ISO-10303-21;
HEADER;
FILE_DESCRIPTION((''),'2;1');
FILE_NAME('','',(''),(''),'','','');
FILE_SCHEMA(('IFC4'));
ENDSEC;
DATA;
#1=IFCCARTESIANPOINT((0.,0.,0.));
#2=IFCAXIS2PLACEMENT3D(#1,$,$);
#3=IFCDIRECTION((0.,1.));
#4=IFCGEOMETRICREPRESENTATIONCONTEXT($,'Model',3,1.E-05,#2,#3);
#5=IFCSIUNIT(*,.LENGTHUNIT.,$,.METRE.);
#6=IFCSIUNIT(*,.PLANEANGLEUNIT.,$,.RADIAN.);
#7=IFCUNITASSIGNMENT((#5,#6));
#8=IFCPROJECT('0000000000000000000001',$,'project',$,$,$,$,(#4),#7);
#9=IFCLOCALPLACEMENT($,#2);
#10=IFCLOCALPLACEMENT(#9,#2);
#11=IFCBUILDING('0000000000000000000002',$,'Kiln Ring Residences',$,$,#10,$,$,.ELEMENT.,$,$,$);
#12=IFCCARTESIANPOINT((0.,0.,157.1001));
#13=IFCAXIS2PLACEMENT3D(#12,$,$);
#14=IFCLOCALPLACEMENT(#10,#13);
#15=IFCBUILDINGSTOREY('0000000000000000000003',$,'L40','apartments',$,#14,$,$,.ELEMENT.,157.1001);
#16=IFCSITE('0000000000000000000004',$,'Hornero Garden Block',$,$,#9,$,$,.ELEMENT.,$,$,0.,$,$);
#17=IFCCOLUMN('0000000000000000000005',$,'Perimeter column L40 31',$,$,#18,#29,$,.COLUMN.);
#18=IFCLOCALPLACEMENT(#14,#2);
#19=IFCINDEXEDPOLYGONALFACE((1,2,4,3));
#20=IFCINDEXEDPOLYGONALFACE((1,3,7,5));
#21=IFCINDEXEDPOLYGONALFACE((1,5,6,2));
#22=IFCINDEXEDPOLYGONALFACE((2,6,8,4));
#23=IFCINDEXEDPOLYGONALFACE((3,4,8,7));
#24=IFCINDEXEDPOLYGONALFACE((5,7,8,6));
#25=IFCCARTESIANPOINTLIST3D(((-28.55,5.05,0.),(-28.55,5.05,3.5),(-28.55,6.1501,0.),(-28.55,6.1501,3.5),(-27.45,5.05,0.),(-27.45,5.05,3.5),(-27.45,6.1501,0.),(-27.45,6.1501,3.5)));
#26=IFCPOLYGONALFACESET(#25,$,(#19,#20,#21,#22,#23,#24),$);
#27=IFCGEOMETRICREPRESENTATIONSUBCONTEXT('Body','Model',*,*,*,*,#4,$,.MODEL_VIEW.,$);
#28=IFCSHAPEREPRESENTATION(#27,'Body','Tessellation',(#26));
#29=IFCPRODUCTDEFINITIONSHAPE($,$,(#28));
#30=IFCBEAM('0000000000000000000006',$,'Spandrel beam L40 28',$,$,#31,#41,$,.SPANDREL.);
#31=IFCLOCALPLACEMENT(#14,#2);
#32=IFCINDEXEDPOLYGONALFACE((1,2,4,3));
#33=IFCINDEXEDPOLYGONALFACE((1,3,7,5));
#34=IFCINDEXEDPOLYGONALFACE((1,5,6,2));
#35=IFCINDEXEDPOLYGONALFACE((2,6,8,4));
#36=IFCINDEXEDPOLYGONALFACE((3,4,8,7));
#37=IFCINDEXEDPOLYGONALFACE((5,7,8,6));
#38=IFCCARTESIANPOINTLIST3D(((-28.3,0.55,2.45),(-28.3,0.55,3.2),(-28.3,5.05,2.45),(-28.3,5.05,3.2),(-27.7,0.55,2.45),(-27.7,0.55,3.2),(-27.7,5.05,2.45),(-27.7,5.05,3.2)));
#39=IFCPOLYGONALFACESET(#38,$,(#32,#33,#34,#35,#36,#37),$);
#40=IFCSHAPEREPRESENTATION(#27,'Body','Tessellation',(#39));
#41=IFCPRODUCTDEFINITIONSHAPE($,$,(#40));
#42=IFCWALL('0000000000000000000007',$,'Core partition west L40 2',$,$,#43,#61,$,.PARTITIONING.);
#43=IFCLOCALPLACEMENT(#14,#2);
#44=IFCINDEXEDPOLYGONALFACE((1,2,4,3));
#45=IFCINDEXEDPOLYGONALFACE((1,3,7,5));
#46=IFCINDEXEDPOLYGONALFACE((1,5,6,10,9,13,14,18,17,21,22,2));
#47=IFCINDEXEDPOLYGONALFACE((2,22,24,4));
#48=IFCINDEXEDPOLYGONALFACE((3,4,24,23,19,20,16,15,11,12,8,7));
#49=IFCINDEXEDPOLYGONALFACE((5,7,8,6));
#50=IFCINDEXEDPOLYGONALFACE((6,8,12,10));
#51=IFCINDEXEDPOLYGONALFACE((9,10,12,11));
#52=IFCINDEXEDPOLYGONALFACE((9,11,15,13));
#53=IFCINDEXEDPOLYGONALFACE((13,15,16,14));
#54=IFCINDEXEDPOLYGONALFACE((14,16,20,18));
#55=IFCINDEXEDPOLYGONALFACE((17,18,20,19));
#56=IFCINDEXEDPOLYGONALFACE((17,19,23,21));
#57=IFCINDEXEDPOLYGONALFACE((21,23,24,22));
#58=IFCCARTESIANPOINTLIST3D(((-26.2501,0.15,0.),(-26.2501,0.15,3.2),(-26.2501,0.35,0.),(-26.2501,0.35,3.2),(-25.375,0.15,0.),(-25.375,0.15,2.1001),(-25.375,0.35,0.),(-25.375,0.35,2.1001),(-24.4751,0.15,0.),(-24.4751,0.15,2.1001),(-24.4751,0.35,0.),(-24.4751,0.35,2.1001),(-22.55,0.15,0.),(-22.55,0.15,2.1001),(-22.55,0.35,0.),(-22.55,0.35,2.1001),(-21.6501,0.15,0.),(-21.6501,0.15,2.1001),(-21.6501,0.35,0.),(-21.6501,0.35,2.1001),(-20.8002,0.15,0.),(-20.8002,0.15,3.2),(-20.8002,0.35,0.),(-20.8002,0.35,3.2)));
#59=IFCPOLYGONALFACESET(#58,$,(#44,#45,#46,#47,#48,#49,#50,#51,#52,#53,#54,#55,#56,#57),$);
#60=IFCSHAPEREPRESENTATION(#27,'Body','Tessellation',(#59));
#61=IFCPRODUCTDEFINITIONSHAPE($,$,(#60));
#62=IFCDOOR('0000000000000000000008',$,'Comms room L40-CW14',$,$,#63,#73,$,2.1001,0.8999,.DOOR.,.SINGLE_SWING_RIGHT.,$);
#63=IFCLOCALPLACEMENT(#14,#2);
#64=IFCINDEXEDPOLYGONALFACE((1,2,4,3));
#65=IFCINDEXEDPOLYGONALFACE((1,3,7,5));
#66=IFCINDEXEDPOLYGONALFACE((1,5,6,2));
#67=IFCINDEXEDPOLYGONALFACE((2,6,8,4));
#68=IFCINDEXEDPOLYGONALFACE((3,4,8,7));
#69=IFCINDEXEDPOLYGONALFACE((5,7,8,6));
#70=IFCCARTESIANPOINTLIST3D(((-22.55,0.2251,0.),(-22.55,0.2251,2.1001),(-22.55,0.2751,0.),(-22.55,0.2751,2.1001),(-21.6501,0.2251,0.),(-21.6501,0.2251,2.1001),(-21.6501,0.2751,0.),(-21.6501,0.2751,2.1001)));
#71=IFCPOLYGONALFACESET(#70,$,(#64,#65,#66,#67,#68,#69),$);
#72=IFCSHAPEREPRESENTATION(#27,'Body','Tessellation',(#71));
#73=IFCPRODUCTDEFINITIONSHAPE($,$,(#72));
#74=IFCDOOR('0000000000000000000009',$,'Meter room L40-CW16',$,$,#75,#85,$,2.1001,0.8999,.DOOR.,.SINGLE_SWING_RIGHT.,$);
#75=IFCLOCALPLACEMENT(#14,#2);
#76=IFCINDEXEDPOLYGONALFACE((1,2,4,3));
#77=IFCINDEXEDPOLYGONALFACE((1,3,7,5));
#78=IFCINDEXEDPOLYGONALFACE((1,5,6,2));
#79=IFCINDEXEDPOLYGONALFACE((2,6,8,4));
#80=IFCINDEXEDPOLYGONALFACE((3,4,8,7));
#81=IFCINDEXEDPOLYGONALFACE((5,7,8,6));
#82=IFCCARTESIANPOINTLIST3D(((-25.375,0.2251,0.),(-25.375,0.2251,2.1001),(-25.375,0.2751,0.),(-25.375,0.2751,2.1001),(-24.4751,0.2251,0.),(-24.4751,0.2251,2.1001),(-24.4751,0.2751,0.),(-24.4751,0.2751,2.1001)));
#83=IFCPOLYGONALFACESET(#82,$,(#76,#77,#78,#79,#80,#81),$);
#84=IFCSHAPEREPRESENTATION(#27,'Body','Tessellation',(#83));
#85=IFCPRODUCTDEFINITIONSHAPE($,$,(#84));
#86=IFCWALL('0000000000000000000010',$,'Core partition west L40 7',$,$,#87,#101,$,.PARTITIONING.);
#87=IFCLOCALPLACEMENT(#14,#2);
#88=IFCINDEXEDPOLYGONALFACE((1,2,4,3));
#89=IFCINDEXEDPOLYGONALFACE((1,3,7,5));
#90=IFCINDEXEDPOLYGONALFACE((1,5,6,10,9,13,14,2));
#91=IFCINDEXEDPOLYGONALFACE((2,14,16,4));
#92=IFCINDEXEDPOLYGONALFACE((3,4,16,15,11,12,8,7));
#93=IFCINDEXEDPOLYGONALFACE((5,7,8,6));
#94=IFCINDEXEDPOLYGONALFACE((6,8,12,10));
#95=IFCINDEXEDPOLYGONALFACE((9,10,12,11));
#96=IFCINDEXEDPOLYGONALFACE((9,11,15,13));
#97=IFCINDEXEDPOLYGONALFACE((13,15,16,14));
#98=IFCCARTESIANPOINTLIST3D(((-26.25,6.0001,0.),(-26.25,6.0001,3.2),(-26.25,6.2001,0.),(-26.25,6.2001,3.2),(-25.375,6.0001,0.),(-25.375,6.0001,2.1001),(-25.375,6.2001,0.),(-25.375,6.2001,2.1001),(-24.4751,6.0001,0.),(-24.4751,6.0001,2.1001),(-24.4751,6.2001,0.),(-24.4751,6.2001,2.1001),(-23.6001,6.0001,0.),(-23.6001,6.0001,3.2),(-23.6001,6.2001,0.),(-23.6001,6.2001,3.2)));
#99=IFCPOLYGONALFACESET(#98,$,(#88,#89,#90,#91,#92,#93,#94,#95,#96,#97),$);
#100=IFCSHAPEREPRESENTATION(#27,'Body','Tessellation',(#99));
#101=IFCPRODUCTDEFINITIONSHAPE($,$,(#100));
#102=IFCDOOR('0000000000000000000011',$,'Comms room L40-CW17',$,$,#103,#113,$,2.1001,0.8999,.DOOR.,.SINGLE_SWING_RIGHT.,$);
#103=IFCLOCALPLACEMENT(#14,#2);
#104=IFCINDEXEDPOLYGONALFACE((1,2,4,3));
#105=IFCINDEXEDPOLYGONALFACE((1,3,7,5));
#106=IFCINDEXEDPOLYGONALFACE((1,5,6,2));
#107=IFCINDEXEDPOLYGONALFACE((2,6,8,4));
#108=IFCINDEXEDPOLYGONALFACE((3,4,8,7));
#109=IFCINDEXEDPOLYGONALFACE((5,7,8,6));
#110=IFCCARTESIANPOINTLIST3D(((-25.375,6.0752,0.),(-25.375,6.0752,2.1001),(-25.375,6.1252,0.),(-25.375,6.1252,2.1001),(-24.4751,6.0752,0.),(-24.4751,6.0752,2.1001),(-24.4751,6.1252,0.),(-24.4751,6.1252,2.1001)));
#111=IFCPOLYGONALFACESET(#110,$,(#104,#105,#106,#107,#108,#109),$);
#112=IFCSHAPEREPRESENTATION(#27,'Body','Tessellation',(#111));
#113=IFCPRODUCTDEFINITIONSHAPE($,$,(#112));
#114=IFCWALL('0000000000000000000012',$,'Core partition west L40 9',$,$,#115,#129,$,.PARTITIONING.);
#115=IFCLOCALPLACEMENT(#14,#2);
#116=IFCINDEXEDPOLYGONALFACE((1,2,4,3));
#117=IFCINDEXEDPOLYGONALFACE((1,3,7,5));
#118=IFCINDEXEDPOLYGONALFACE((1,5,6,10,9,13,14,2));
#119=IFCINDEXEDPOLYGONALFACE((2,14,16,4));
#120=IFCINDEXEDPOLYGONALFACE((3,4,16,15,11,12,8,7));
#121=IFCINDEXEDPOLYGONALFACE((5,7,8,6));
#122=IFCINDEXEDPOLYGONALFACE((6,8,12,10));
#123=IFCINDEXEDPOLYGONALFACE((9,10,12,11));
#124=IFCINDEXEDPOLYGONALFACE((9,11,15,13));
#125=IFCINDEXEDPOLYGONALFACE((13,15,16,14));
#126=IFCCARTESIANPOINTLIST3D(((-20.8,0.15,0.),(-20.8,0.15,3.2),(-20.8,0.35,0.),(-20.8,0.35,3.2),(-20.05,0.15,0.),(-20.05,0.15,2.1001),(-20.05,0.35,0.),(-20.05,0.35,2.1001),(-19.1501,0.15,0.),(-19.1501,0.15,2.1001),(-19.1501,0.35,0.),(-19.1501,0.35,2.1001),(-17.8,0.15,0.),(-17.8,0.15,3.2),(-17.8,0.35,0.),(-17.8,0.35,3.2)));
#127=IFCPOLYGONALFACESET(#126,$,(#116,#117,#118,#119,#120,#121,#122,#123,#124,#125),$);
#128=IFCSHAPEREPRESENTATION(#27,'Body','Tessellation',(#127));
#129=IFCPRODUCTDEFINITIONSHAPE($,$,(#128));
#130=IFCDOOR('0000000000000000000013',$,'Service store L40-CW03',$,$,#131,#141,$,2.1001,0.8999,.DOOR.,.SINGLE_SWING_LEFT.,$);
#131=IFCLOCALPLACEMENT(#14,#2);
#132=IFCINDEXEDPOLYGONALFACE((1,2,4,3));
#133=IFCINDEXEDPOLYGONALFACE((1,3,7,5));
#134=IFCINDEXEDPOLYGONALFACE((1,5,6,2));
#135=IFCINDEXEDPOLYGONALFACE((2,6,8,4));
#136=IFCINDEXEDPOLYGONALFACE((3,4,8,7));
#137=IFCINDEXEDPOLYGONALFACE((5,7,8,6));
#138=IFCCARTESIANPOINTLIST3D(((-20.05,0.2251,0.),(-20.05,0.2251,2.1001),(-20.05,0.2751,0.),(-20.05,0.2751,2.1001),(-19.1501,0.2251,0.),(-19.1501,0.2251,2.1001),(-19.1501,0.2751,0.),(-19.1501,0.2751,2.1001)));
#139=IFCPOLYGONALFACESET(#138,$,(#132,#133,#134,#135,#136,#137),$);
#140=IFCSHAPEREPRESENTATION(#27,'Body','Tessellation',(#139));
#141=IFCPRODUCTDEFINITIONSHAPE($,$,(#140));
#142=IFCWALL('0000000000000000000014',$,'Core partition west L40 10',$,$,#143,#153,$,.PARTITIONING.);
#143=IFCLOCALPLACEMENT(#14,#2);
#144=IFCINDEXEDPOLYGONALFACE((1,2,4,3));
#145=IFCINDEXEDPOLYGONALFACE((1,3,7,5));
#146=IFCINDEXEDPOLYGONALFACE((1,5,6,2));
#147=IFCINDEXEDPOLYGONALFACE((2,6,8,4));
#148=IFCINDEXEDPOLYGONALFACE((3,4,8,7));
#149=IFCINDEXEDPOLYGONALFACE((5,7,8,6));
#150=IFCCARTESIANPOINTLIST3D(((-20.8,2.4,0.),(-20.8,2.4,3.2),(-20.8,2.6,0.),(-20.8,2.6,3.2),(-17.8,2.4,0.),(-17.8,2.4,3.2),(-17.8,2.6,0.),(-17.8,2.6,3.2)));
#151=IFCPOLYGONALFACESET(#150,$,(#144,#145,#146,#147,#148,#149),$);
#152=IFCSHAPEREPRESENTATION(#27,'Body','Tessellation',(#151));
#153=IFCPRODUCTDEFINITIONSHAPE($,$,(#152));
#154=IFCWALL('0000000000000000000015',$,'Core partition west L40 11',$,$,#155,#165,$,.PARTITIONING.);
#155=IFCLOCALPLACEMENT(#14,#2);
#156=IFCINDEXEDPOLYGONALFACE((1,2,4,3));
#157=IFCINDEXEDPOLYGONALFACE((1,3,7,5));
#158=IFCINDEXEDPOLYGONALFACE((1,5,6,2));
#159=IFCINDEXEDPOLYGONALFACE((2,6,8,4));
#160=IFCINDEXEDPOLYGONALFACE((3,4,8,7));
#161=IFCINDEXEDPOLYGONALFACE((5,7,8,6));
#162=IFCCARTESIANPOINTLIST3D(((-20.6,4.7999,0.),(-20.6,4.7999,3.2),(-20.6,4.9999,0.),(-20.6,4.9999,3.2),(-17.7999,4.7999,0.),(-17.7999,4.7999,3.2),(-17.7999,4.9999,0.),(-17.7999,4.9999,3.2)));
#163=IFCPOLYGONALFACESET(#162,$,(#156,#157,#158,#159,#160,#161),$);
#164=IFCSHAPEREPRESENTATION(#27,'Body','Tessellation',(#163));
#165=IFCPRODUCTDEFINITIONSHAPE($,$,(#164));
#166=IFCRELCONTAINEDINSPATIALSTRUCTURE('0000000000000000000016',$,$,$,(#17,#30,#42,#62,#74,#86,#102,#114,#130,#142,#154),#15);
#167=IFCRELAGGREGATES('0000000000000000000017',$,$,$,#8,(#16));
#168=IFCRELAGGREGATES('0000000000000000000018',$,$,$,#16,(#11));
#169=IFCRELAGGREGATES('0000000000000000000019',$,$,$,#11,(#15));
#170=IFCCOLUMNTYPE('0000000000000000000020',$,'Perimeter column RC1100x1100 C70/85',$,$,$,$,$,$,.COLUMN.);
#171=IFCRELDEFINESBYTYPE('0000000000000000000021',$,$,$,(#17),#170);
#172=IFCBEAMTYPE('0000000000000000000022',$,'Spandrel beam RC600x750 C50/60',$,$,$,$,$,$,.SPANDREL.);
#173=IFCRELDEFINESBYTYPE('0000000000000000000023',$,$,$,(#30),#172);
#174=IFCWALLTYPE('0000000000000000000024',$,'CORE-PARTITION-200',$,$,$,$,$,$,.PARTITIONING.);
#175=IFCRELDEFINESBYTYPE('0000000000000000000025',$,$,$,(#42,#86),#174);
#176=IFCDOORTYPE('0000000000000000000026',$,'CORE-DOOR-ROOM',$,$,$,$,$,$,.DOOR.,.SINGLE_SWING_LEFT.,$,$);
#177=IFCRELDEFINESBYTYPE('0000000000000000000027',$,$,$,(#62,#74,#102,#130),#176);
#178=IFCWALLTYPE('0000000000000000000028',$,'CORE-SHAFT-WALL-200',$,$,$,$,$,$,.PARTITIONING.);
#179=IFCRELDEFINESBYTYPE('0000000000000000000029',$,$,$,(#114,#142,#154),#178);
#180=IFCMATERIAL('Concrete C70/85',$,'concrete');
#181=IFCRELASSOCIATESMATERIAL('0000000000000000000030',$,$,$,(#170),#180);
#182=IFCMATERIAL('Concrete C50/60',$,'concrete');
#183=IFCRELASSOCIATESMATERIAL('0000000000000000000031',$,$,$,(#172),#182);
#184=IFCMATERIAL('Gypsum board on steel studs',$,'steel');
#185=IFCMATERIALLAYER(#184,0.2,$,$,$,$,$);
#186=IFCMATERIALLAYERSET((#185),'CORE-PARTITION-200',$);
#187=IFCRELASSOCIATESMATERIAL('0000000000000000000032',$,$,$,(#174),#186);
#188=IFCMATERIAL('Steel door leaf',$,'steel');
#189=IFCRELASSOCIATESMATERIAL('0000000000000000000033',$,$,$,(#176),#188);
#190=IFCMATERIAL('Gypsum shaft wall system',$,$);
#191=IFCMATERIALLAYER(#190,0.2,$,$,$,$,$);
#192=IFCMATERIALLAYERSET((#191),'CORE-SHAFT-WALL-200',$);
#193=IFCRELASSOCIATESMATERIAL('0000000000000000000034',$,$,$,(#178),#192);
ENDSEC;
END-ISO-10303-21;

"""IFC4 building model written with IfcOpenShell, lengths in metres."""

from ifc_helpers import new_model, si_unit, direction, frame, frame_2d, origin, origin_2d, place, context, subcontext, project, spatial, rectangle, extrude, material, layer, layer_set, material_profile, profile_set, type_object, element, fill, save


model = new_model("IFC4")

# Units and contexts
model_context = context("Model", 3, precision=1e-05, world=origin(), true_north=direction((0.0, 1.0)))
body_context = subcontext(model_context, "Body", "Model", "MODEL_VIEW")
ifc_project = project(units=[si_unit("LENGTHUNIT", "METRE"), si_unit("PLANEANGLEUNIT", "RADIAN")], contexts=[model_context])

# Site, building, storey
site_placement = place(None, origin())
site = spatial("IfcSite", under=ifc_project, at=site_placement, Name="Hornero Garden Block", CompositionType="ELEMENT", RefElevation=0.0)
building_placement = place(site_placement, origin())
building = spatial("IfcBuilding", under=site, at=building_placement, Name="Kiln Ring Residences", CompositionType="ELEMENT")
storey_placement = place(building_placement, frame((0.0, 0.0, 157.1001)))
storey = spatial("IfcBuildingStorey", under=building, at=storey_placement, Name="L40", Description="apartments", CompositionType="ELEMENT", Elevation=157.1001)

# Column
ifc_material_1 = material(Name="Concrete C70/85", Category="concrete")
ifc_material_profile_1 = material_profile(ifc_material_1, rectangle(XDim=1.1001, YDim=1.1001, at=origin_2d()), Name="RC1100x1100")
ifc_profile_set_1 = profile_set([ifc_material_profile_1], Name="Concrete C70/85")
column_type = type_object("IfcColumnType", Name="Perimeter column RC1100x1100 C70/85", PredefinedType="COLUMN", material=ifc_profile_set_1)
column_placement = place(storey_placement, frame((-28.0, 5.6001, 0.0), z_axis=(0.0, 0.0, 1.0), x_axis=(1.0, 0.0, 0.0)))
element("IfcColumn", 1, at=column_placement, inside=storey, type_object=column_type, Name="Perimeter column L40 31", PredefinedType="COLUMN", context=body_context, shape_type="SweptSolid", body=[
    extrude(rectangle(XDim=1.1001, YDim=1.1001, at=origin_2d()), origin(), (0.0, 0.0, 1.0), 3.5),
])

# Beam
ifc_material_2 = material(Name="Concrete C50/60", Category="concrete")
ifc_material_profile_2 = material_profile(ifc_material_2, rectangle(XDim=0.6001, YDim=0.75, at=origin_2d()), Name="RC600x750")
ifc_profile_set_2 = profile_set([ifc_material_profile_2], Name="Concrete C50/60")
beam_type = type_object("IfcBeamType", Name="Spandrel beam RC600x750 C50/60", PredefinedType="SPANDREL", material=ifc_profile_set_2)
beam_placement = place(storey_placement, frame((-28.0, 5.05, 2.825), z_axis=(0.0, -1.0, 0.0), x_axis=(1.0, 0.0, 0.0)))
element("IfcBeam", 2, at=beam_placement, inside=storey, type_object=beam_type, Name="Spandrel beam L40 28", PredefinedType="SPANDREL", context=body_context, shape_type="SweptSolid", body=[
    extrude(rectangle(XDim=0.6001, YDim=0.75, at=origin_2d()), origin(), (0.0, 0.0, 1.0), 4.5),
])

# Wall, openings, doors
ifc_material_3 = material(Name="Gypsum board on steel studs", Category="steel")
ifc_layer_1 = layer(ifc_material_3, 0.2)
ifc_layer_set_1 = layer_set([ifc_layer_1], Name="CORE-PARTITION-200")
wall_type_1 = type_object("IfcWallType", Name="CORE-PARTITION-200", PredefinedType="PARTITIONING", material=ifc_layer_set_1)
wall_1_placement = place(storey_placement, frame((-20.8, 0.25, 0.0), z_axis=(0.0, 0.0, 1.0), x_axis=(-1.0, 0.0, 0.0)))
wall_1 = element("IfcWall", 3, at=wall_1_placement, inside=storey, type_object=wall_type_1, Name="Core partition west L40 2", PredefinedType="PARTITIONING", context=body_context, shape_type="SweptSolid", body=[
    extrude(rectangle(XDim=5.45, YDim=0.2, at=frame_2d((2.7251, 0.0))), origin(), (0.0, 0.0, 1.0), 3.2),
])
opening_1_placement = place(wall_1_placement, frame((0.8501, 0.0, 0.0)))
opening_1 = element("IfcOpeningElement", 4, at=opening_1_placement, cuts=wall_1, PredefinedType="OPENING", context=body_context, shape_type="SweptSolid", body=[
    extrude(rectangle(XDim=0.8999, YDim=2.1001, at=frame_2d((0.45, 1.05))), frame((0.0, 0.1099, 0.0), z_axis=(0.0, -1.0, 0.0), x_axis=(1.0, 0.0, 0.0)), (0.0, 0.0, 1.0), 0.22),
])
opening_2_placement = place(wall_1_placement, frame((3.675, 0.0, 0.0)))
opening_2 = element("IfcOpeningElement", 5, at=opening_2_placement, cuts=wall_1, PredefinedType="OPENING", context=body_context, shape_type="SweptSolid", body=[
    extrude(rectangle(XDim=0.8999, YDim=2.1001, at=frame_2d((0.45, 1.05))), frame((0.0, 0.1099, 0.0), z_axis=(0.0, -1.0, 0.0), x_axis=(1.0, 0.0, 0.0)), (0.0, 0.0, 1.0), 0.22),
])
ifc_material_4 = material(Name="Steel door leaf", Category="steel")
door_type_1 = type_object("IfcDoorType", Name="CORE-DOOR-ROOM", OperationType="SINGLE_SWING_LEFT", PredefinedType="DOOR", material=ifc_material_4)
door_1_placement = place(opening_1_placement, origin())
door_1 = element("IfcDoor", 6, at=door_1_placement, inside=storey, type_object=door_type_1, Name="Comms room L40-CW14", OperationType="SINGLE_SWING_RIGHT", OverallHeight=2.1001, OverallWidth=0.8999, PredefinedType="DOOR", context=body_context, shape_type="SweptSolid", body=[
    extrude(rectangle(XDim=0.8999, YDim=2.1001, at=frame_2d((0.45, 1.05))), frame((0.0, 0.0249, 0.0), z_axis=(0.0, -1.0, 0.0), x_axis=(1.0, 0.0, 0.0)), (0.0, 0.0, 1.0), 0.05),
])
fill(opening_1, door_1)
door_2_placement = place(opening_2_placement, origin())
door_2 = element("IfcDoor", 7, at=door_2_placement, inside=storey, type_object=door_type_1, Name="Meter room L40-CW16", OperationType="SINGLE_SWING_RIGHT", OverallHeight=2.1001, OverallWidth=0.8999, PredefinedType="DOOR", context=body_context, shape_type="SweptSolid", body=[
    extrude(rectangle(XDim=0.8999, YDim=2.1001, at=frame_2d((0.45, 1.05))), frame((0.0, 0.0249, 0.0), z_axis=(0.0, -1.0, 0.0), x_axis=(1.0, 0.0, 0.0)), (0.0, 0.0, 1.0), 0.05),
])
fill(opening_2, door_2)

# Walls, openings, doors
wall_2_placement = place(storey_placement, frame((-23.6001, 6.1001, 0.0), z_axis=(0.0, 0.0, 1.0), x_axis=(-1.0, 0.0, 0.0)))
wall_2 = element("IfcWall", 8, at=wall_2_placement, inside=storey, type_object=wall_type_1, Name="Core partition west L40 7", PredefinedType="PARTITIONING", context=body_context, shape_type="SweptSolid", body=[
    extrude(rectangle(XDim=2.6499, YDim=0.2, at=frame_2d((1.325, 0.0))), origin(), (0.0, 0.0, 1.0), 3.2),
])
opening_3_placement = place(wall_2_placement, frame((0.875, 0.0, 0.0)))
opening_3 = element("IfcOpeningElement", 9, at=opening_3_placement, cuts=wall_2, PredefinedType="OPENING", context=body_context, shape_type="SweptSolid", body=[
    extrude(rectangle(XDim=0.8999, YDim=2.1001, at=frame_2d((0.45, 1.05))), frame((0.0, 0.1099, 0.0), z_axis=(0.0, -1.0, 0.0), x_axis=(1.0, 0.0, 0.0)), (0.0, 0.0, 1.0), 0.22),
])
door_3_placement = place(opening_3_placement, origin())
door_3 = element("IfcDoor", 10, at=door_3_placement, inside=storey, type_object=door_type_1, Name="Comms room L40-CW17", OperationType="SINGLE_SWING_RIGHT", OverallHeight=2.1001, OverallWidth=0.8999, PredefinedType="DOOR", context=body_context, shape_type="SweptSolid", body=[
    extrude(rectangle(XDim=0.8999, YDim=2.1001, at=frame_2d((0.45, 1.05))), frame((0.0, 0.0249, 0.0), z_axis=(0.0, -1.0, 0.0), x_axis=(1.0, 0.0, 0.0)), (0.0, 0.0, 1.0), 0.05),
])
fill(opening_3, door_3)
ifc_material_5 = material(Name="Gypsum shaft wall system")
ifc_layer_2 = layer(ifc_material_5, 0.2)
ifc_layer_set_2 = layer_set([ifc_layer_2], Name="CORE-SHAFT-WALL-200")
wall_type_2 = type_object("IfcWallType", Name="CORE-SHAFT-WALL-200", PredefinedType="PARTITIONING", material=ifc_layer_set_2)
wall_3_placement = place(storey_placement, frame((-17.8, 0.25, 0.0), z_axis=(0.0, 0.0, 1.0), x_axis=(-1.0, 0.0, 0.0)))
wall_3 = element("IfcWall", 11, at=wall_3_placement, inside=storey, type_object=wall_type_2, Name="Core partition west L40 9", PredefinedType="PARTITIONING", context=body_context, shape_type="SweptSolid", body=[
    extrude(rectangle(XDim=3.0, YDim=0.2, at=frame_2d((1.5, 0.0))), origin(), (0.0, 0.0, 1.0), 3.2),
])
opening_4_placement = place(wall_3_placement, frame((1.3501, 0.0, 0.0)))
opening_4 = element("IfcOpeningElement", 12, at=opening_4_placement, cuts=wall_3, PredefinedType="OPENING", context=body_context, shape_type="SweptSolid", body=[
    extrude(rectangle(XDim=0.8999, YDim=2.1001, at=frame_2d((0.45, 1.05))), frame((0.0, 0.1099, 0.0), z_axis=(0.0, -1.0, 0.0), x_axis=(1.0, 0.0, 0.0)), (0.0, 0.0, 1.0), 0.22),
])
door_4_placement = place(opening_4_placement, origin())
door_4 = element("IfcDoor", 13, at=door_4_placement, inside=storey, type_object=door_type_1, Name="Service store L40-CW03", OperationType="SINGLE_SWING_LEFT", OverallHeight=2.1001, OverallWidth=0.8999, PredefinedType="DOOR", context=body_context, shape_type="SweptSolid", body=[
    extrude(rectangle(XDim=0.8999, YDim=2.1001, at=frame_2d((0.45, 1.05))), frame((0.0, 0.0249, 0.0), z_axis=(0.0, -1.0, 0.0), x_axis=(1.0, 0.0, 0.0)), (0.0, 0.0, 1.0), 0.05),
])
fill(opening_4, door_4)

# Walls
wall_4_placement = place(storey_placement, frame((-17.8, 2.5, 0.0), z_axis=(0.0, 0.0, 1.0), x_axis=(-1.0, 0.0, 0.0)))
element("IfcWall", 14, at=wall_4_placement, inside=storey, type_object=wall_type_2, Name="Core partition west L40 10", PredefinedType="PARTITIONING", context=body_context, shape_type="SweptSolid", body=[
    extrude(rectangle(XDim=3.0, YDim=0.2, at=frame_2d((1.5, 0.0))), origin(), (0.0, 0.0, 1.0), 3.2),
])
for number, where, z_axis, x_axis, name in (
    (15, (-17.8, 4.8999, 0.0), (0.0, 0.0, 1.0), (-1.0, 0.0, 0.0), "Core partition west L40 11"),
):
    element("IfcWall", number, at=place(storey_placement, frame(where, z_axis=z_axis, x_axis=x_axis)), inside=storey, type_object=wall_type_2, Name=name, PredefinedType="PARTITIONING", context=body_context, shape_type="SweptSolid", body=[
        extrude(rectangle(XDim=2.8, YDim=0.2, at=frame_2d((1.3999, 0.0))), origin(), (0.0, 0.0, 1.0), 3.2),
    ])

save(model, "model.ifc")
